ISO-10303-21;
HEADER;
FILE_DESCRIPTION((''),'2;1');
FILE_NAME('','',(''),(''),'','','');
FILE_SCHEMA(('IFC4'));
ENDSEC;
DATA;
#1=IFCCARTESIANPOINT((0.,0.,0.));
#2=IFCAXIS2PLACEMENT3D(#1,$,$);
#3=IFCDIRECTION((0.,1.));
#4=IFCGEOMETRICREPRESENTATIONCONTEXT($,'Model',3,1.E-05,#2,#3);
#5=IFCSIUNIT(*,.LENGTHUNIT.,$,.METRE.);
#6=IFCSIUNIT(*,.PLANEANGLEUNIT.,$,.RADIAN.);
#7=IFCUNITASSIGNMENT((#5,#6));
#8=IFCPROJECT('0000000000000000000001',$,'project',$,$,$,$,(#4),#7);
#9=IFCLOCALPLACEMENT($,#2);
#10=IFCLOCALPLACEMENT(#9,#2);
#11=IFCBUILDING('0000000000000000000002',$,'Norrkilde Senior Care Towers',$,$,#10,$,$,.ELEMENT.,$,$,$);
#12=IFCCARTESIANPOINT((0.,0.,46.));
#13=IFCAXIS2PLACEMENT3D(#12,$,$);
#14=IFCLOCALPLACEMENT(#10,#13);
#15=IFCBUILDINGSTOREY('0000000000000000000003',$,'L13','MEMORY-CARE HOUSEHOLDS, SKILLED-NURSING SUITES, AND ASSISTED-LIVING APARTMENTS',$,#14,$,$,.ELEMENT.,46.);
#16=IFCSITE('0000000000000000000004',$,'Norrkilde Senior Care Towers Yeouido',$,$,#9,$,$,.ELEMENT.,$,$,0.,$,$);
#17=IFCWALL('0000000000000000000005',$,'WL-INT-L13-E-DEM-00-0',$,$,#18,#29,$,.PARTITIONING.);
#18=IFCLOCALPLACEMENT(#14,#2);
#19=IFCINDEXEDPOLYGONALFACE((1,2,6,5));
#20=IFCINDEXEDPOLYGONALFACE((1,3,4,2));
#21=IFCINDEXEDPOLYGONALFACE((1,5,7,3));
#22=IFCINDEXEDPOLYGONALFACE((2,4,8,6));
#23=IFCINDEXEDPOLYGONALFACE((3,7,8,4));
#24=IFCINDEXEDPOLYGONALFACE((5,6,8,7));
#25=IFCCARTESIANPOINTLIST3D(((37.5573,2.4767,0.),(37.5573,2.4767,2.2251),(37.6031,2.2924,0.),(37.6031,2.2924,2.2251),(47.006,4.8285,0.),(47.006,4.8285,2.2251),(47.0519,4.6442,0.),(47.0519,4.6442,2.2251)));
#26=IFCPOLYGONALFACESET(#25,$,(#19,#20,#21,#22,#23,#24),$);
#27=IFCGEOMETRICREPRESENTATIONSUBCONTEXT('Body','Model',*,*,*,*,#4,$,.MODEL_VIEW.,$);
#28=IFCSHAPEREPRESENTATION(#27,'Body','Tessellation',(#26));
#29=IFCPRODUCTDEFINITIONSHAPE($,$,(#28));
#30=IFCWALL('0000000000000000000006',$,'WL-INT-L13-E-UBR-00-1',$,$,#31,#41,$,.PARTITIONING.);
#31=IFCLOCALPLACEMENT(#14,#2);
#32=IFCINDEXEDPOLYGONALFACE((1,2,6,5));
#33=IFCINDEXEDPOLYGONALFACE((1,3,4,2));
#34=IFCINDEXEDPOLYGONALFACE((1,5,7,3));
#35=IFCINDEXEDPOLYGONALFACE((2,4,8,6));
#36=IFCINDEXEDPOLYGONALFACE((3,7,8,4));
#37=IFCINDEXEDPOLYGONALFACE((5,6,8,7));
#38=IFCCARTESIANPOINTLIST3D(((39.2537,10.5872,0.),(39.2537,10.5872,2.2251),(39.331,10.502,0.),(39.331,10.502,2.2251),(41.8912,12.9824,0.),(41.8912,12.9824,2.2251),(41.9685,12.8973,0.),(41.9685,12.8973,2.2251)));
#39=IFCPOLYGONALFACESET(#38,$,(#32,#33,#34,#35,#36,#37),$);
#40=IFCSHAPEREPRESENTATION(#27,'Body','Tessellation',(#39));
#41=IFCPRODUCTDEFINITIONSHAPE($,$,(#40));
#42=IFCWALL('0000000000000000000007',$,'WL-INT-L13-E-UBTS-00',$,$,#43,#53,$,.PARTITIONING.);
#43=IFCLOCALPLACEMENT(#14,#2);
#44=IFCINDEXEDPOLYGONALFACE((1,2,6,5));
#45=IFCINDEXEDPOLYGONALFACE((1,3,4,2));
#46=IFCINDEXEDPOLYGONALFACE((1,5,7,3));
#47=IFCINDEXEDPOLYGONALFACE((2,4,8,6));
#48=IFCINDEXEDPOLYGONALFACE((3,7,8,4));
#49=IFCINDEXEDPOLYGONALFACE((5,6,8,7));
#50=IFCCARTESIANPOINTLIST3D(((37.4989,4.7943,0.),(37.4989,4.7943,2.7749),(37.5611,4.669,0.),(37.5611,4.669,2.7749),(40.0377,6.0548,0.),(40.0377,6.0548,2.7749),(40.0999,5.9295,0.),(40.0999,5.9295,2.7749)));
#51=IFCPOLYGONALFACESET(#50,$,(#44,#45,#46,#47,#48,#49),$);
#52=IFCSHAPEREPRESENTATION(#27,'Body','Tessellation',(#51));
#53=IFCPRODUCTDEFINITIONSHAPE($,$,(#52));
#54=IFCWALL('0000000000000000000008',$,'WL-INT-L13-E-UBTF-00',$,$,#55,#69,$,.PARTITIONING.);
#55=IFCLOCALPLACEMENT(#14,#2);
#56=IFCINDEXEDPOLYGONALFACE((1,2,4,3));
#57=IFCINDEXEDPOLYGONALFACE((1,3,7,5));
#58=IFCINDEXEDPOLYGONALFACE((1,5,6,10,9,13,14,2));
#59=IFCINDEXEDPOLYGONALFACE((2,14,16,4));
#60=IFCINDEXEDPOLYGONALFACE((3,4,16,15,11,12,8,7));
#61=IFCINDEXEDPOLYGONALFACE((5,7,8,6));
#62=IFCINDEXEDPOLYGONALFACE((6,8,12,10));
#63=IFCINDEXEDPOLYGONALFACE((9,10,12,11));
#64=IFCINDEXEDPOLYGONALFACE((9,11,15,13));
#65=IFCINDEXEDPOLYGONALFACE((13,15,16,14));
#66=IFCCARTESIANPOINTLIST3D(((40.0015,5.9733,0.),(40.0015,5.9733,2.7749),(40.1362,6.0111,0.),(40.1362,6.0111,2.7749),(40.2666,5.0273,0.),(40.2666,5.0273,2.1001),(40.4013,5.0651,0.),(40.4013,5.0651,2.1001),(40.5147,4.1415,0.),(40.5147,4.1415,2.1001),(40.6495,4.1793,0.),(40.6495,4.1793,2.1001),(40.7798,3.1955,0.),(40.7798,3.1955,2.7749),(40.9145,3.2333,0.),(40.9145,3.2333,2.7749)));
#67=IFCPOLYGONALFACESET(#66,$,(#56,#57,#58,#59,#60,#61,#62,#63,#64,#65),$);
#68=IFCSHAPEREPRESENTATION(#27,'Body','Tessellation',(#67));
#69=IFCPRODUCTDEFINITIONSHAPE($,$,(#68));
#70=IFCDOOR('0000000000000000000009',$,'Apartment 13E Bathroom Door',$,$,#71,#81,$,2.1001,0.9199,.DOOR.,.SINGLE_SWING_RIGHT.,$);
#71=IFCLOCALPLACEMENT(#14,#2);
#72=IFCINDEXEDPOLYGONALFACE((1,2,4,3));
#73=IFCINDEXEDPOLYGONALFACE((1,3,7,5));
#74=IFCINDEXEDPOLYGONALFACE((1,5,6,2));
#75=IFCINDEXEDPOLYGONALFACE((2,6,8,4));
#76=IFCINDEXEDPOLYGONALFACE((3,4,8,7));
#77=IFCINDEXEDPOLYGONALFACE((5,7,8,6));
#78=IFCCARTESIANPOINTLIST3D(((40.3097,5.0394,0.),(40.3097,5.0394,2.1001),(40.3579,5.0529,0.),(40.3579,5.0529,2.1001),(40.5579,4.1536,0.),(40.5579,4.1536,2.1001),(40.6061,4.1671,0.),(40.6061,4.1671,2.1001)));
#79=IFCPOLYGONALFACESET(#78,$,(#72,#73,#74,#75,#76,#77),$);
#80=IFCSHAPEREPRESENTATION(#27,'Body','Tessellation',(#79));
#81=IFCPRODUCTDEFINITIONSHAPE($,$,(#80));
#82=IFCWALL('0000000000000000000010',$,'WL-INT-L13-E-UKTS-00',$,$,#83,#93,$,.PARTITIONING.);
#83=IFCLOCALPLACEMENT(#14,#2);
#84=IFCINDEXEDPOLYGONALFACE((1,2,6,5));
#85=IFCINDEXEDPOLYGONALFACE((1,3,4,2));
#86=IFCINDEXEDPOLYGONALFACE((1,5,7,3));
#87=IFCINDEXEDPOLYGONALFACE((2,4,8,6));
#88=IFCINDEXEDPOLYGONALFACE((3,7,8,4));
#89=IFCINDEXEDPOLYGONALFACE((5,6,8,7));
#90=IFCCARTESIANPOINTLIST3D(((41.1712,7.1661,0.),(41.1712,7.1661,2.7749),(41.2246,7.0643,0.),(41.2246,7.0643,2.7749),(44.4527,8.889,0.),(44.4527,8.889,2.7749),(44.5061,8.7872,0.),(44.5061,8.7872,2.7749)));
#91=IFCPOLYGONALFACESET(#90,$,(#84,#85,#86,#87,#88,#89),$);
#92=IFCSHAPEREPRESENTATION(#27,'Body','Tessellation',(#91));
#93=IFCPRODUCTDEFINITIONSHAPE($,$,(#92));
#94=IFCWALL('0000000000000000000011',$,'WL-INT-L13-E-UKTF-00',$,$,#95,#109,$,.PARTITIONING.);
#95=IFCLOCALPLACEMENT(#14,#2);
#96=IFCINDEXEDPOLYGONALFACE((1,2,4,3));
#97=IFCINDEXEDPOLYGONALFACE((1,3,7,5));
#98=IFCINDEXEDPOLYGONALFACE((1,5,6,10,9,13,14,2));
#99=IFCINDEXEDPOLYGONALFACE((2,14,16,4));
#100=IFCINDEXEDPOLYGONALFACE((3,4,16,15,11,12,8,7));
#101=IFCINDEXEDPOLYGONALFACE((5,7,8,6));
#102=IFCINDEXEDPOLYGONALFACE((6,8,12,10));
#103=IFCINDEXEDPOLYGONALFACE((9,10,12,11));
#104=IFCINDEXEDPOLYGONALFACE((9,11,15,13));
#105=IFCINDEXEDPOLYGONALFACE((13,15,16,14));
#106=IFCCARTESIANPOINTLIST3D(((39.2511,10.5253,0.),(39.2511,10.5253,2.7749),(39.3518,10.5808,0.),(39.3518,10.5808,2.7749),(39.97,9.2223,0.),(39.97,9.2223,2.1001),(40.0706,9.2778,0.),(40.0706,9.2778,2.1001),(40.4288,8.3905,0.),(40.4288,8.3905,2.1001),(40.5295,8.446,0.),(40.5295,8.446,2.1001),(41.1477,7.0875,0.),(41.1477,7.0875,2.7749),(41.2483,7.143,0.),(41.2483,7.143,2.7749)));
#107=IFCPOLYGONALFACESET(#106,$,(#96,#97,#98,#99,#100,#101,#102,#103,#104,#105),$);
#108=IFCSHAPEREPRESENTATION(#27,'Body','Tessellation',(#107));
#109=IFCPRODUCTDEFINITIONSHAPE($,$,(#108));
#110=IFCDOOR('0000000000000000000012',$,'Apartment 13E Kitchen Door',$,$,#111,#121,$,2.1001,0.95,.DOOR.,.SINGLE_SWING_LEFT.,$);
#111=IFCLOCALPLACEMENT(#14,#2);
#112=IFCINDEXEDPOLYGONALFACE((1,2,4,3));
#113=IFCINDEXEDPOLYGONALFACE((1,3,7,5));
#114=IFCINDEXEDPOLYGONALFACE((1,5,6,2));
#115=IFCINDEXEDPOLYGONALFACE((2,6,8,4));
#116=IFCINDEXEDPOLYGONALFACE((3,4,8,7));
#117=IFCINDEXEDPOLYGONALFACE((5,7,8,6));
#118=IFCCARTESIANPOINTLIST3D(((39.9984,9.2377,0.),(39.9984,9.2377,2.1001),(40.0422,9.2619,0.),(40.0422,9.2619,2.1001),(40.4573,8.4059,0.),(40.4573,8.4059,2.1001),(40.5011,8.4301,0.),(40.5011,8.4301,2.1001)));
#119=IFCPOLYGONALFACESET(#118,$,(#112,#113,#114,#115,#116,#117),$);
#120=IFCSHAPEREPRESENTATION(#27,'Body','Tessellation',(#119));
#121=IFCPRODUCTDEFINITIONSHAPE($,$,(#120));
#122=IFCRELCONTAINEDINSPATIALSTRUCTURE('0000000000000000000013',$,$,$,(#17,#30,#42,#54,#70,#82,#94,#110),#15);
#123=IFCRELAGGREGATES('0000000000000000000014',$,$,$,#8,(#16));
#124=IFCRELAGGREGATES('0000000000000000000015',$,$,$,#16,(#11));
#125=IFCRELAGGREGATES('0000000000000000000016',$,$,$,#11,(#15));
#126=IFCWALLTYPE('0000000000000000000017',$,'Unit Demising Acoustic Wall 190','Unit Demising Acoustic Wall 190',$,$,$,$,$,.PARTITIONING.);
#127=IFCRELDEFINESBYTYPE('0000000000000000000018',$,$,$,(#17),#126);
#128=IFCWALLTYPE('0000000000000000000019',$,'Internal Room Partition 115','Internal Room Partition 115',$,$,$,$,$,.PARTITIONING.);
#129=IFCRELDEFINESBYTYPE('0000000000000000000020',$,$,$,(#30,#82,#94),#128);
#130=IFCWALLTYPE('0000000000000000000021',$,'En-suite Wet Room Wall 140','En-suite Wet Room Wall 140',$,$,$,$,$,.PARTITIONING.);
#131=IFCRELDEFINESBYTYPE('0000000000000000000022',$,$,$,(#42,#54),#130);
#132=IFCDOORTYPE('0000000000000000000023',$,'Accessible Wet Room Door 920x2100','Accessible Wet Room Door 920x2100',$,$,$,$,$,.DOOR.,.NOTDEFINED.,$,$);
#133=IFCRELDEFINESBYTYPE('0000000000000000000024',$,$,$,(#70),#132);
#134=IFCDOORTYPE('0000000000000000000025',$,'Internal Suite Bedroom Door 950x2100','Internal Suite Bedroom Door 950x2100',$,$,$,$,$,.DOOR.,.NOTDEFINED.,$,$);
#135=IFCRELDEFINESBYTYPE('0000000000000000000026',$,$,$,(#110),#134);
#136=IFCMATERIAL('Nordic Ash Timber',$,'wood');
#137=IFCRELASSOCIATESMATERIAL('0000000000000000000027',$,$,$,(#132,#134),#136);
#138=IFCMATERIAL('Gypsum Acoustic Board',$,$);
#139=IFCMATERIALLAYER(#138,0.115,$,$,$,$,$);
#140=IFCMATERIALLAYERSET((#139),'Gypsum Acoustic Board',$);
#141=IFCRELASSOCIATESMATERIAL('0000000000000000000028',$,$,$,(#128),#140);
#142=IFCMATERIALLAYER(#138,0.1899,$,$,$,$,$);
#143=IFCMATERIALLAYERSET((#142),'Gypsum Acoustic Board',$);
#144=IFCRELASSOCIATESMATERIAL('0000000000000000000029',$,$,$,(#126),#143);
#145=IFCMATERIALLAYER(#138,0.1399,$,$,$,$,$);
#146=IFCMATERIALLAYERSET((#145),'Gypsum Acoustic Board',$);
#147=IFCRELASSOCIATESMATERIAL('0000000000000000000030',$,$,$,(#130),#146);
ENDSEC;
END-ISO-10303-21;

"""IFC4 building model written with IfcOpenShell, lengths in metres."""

from ifc_helpers import new_model, si_unit, direction, frame, frame_2d, origin, place, context, subcontext, project, spatial, rectangle, extrude, source, transform, mapped, material, layer, layer_set, type_object, type_shapes, element, fill, save


model = new_model("IFC4")

# Units and contexts
model_context = context("Model", 3, precision=1e-05, world=origin(), true_north=direction((0.0, 1.0)))
body_context = subcontext(model_context, "Body", "Model", "MODEL_VIEW")
ifc_project = project(units=[si_unit("LENGTHUNIT", "METRE"), si_unit("PLANEANGLEUNIT", "RADIAN")], contexts=[model_context])

# Site, building, storey
site_placement = place(None, origin())
site = spatial("IfcSite", under=ifc_project, at=site_placement, Name="Norrkilde Senior Care Towers Yeouido", CompositionType="ELEMENT", RefElevation=0.0)
building_placement = place(site_placement, origin())
building = spatial("IfcBuilding", under=site, at=building_placement, Name="Norrkilde Senior Care Towers", CompositionType="ELEMENT")
storey_placement = place(building_placement, frame((0.0, 0.0, 46.0)))
storey = spatial("IfcBuildingStorey", under=building, at=storey_placement, Name="L13", Description="MEMORY-CARE HOUSEHOLDS, SKILLED-NURSING SUITES, AND ASSISTED-LIVING APARTMENTS", CompositionType="ELEMENT", Elevation=46.0)

# Shared definitions
ifc_material_1 = material(Name="Gypsum Acoustic Board")
ifc_material_2 = material(Name="Nordic Ash Timber", Category="wood")
door_type_1 = type_object("IfcDoorType", Name="Accessible Wet Room Door 920x2100", Description="Accessible Wet Room Door 920x2100", OperationType="NOTDEFINED", PredefinedType="DOOR", material=ifc_material_2)
shared_shape_1 = source(origin(), body_context, "Body", "SweptSolid", [
    extrude(rectangle(XDim=0.9199, YDim=2.1001, at=frame_2d((0.46, 1.05))), frame((0.0, 0.0249, 0.0), z_axis=(0.0, -1.0, 0.0), x_axis=(1.0, 0.0, 0.0)), (0.0, 0.0, 1.0), 0.05),
])
type_shapes(door_type_1, [shared_shape_1])

# Shared definitions
ifc_layer_1 = layer(ifc_material_1, 0.115)
ifc_layer_set_1 = layer_set([ifc_layer_1], Name="Gypsum Acoustic Board")
wall_type_1 = type_object("IfcWallType", Name="Internal Room Partition 115", Description="Internal Room Partition 115", PredefinedType="PARTITIONING", material=ifc_layer_set_1)
door_type_2 = type_object("IfcDoorType", Name="Internal Suite Bedroom Door 950x2100", Description="Internal Suite Bedroom Door 950x2100", OperationType="NOTDEFINED", PredefinedType="DOOR", material=ifc_material_2)
shared_shape_2 = source(origin(), body_context, "Body", "SweptSolid", [
    extrude(rectangle(XDim=0.95, YDim=2.1001, at=frame_2d((0.4751, 1.05))), frame((0.0, 0.0249, 0.0), z_axis=(0.0, -1.0, 0.0), x_axis=(1.0, 0.0, 0.0)), (0.0, 0.0, 1.0), 0.05),
])
type_shapes(door_type_2, [shared_shape_2])

# Walls
ifc_layer_2 = layer(ifc_material_1, 0.1899)
ifc_layer_set_2 = layer_set([ifc_layer_2], Name="Gypsum Acoustic Board")
wall_type_2 = type_object("IfcWallType", Name="Unit Demising Acoustic Wall 190", Description="Unit Demising Acoustic Wall 190", PredefinedType="PARTITIONING", material=ifc_layer_set_2)
shared_shape_3 = source(origin(), body_context, "Body", "SweptSolid", [
    extrude(rectangle(XDim=9.7371, YDim=0.1899, at=frame_2d((4.8687, 0.0))), origin(), (0.0, 0.0, 1.0), 2.2251),
])
type_shapes(wall_type_2, [shared_shape_3])
wall_1_placement = place(storey_placement, frame((37.5801, 2.3845, 0.0), z_axis=(0.0, 0.0, 1.0), x_axis=(0.970393, 0.241533, 0.0)))
element("IfcWall", 1, at=wall_1_placement, inside=storey, type_object=wall_type_2, Name="WL-INT-L13-E-DEM-00-0", PredefinedType="PARTITIONING", context=body_context, shape_type="MappedRepresentation", body=[
    mapped(shared_shape_3, transform((0.0, 0.0, 0.0), x_axis=(1.0, 0.0, 0.0), y_axis=(0.0, 1.0, 0.0), z_axis=(0.0, 0.0, 1.0), scale=1.0)),
])
shared_shape_4 = source(origin(), body_context, "Body", "SweptSolid", [
    extrude(rectangle(XDim=3.5627, YDim=0.115, at=frame_2d((1.7812, 0.0))), origin(), (0.0, 0.0, 1.0), 2.2251),
])
wall_2_placement = place(storey_placement, frame((39.2925, 10.5447, 0.0), z_axis=(0.0, 0.0, 1.0), x_axis=(0.740278, 0.672301, 0.0)))
element("IfcWall", 2, at=wall_2_placement, inside=storey, type_object=wall_type_1, Name="WL-INT-L13-E-UBR-00-1", PredefinedType="PARTITIONING", context=body_context, shape_type="MappedRepresentation", body=[
    mapped(shared_shape_4, transform((0.0, 0.0, 0.0), x_axis=(1.0, 0.0, 0.0), y_axis=(0.0, 1.0, 0.0), z_axis=(0.0, 0.0, 1.0), scale=1.0)),
])
ifc_layer_3 = layer(ifc_material_1, 0.1399)
ifc_layer_set_3 = layer_set([ifc_layer_3], Name="Gypsum Acoustic Board")
wall_type_3 = type_object("IfcWallType", Name="En-suite Wet Room Wall 140", Description="En-suite Wet Room Wall 140", PredefinedType="PARTITIONING", material=ifc_layer_set_3)
shared_shape_5 = source(origin(), body_context, "Body", "SweptSolid", [
    extrude(rectangle(XDim=2.8345, YDim=0.1399, at=frame_2d((1.4172, 0.0))), origin(), (0.0, 0.0, 1.0), 2.7749),
])
wall_3_placement = place(storey_placement, frame((37.53, 4.7317, 0.0), z_axis=(0.0, 0.0, 1.0), x_axis=(0.895681, 0.444697, 0.0)))
element("IfcWall", 3, at=wall_3_placement, inside=storey, type_object=wall_type_3, Name="WL-INT-L13-E-UBTS-00", PredefinedType="PARTITIONING", context=body_context, shape_type="MappedRepresentation", body=[
    mapped(shared_shape_5, transform((0.0, 0.0, 0.0), x_axis=(1.0, 0.0, 0.0), y_axis=(0.0, 1.0, 0.0), z_axis=(0.0, 0.0, 1.0), scale=1.0)),
])

# Wall, opening, door
shared_shape_6 = source(origin(), body_context, "Body", "SweptSolid", [
    extrude(rectangle(XDim=2.8848, YDim=0.1399, at=frame_2d((1.4424, 0.0))), origin(), (0.0, 0.0, 1.0), 2.7749),
])
type_shapes(wall_type_3, [shared_shape_5, shared_shape_6])
wall_4_placement = place(storey_placement, frame((40.0688, 5.9922, 0.0), z_axis=(0.0, 0.0, 1.0), x_axis=(0.269799, -0.962917, 0.0)))
wall_4 = element("IfcWall", 4, at=wall_4_placement, inside=storey, type_object=wall_type_3, Name="WL-INT-L13-E-UBTF-00", PredefinedType="PARTITIONING", context=body_context, shape_type="MappedRepresentation", body=[
    mapped(shared_shape_6, transform((0.0, 0.0, 0.0), x_axis=(1.0, 0.0, 0.0), y_axis=(0.0, 1.0, 0.0), z_axis=(0.0, 0.0, 1.0), scale=1.0)),
])
opening_1_placement = place(wall_4_placement, frame((0.9824, 0.0, 0.0)))
opening_1 = element("IfcOpeningElement", 5, at=opening_1_placement, cuts=wall_4, PredefinedType="OPENING", context=body_context, shape_type="SweptSolid", body=[
    extrude(rectangle(XDim=0.9199, YDim=2.1001, at=frame_2d((0.46, 1.05))), frame((0.0, 0.0798, 0.0), z_axis=(0.0, -1.0, 0.0), x_axis=(1.0, 0.0, 0.0)), (0.0, 0.0, 1.0), 0.1599),
])
door_1_placement = place(opening_1_placement, origin())
door_1 = element("IfcDoor", 6, at=door_1_placement, inside=storey, type_object=door_type_1, Name="Apartment 13E Bathroom Door", OperationType="SINGLE_SWING_RIGHT", OverallHeight=2.1001, OverallWidth=0.9199, PredefinedType="DOOR", context=body_context, shape_type="MappedRepresentation", body=[
    mapped(shared_shape_1, transform((0.0, 0.0, 0.0), x_axis=(1.0, 0.0, 0.0), y_axis=(0.0, 1.0, 0.0), z_axis=(0.0, 0.0, 1.0), scale=1.0)),
])
fill(opening_1, door_1)

# Wall
shared_shape_7 = source(origin(), body_context, "Body", "SweptSolid", [
    extrude(rectangle(XDim=3.7063, YDim=0.115, at=frame_2d((1.853, 0.0))), origin(), (0.0, 0.0, 1.0), 2.7749),
])
wall_5_placement = place(storey_placement, frame((41.198, 7.1152, 0.0), z_axis=(0.0, 0.0, 1.0), x_axis=(0.885385, 0.464858, 0.0)))
element("IfcWall", 7, at=wall_5_placement, inside=storey, type_object=wall_type_1, Name="WL-INT-L13-E-UKTS-00", PredefinedType="PARTITIONING", context=body_context, shape_type="MappedRepresentation", body=[
    mapped(shared_shape_7, transform((0.0, 0.0, 0.0), x_axis=(1.0, 0.0, 0.0), y_axis=(0.0, 1.0, 0.0), z_axis=(0.0, 0.0, 1.0), scale=1.0)),
])

# Wall, opening, door
shared_shape_8 = source(origin(), body_context, "Body", "SweptSolid", [
    extrude(rectangle(XDim=3.9263, YDim=0.115, at=frame_2d((1.9631, 0.0))), origin(), (0.0, 0.0, 1.0), 2.7749),
])
wall_6_placement = place(storey_placement, frame((41.198, 7.1152, 0.0), z_axis=(0.0, 0.0, 1.0), x_axis=(-0.483038, 0.875599, 0.0)))
wall_6 = element("IfcWall", 8, at=wall_6_placement, inside=storey, type_object=wall_type_1, Name="WL-INT-L13-E-UKTF-00", PredefinedType="PARTITIONING", context=body_context, shape_type="MappedRepresentation", body=[
    mapped(shared_shape_8, transform((0.0, 0.0, 0.0), x_axis=(1.0, 0.0, 0.0), y_axis=(0.0, 1.0, 0.0), z_axis=(0.0, 0.0, 1.0), scale=1.0)),
])
opening_2_placement = place(wall_6_placement, frame((1.488, 0.0, 0.0)))
opening_2 = element("IfcOpeningElement", 9, at=opening_2_placement, cuts=wall_6, PredefinedType="OPENING", context=body_context, shape_type="SweptSolid", body=[
    extrude(rectangle(XDim=0.95, YDim=2.1001, at=frame_2d((0.4751, 1.05))), frame((0.0, 0.0674, 0.0), z_axis=(0.0, -1.0, 0.0), x_axis=(1.0, 0.0, 0.0)), (0.0, 0.0, 1.0), 0.135),
])
door_2_placement = place(opening_2_placement, frame((0.95, 0.0, 0.0), z_axis=(0.0, 0.0, 1.0), x_axis=(-1.0, 0.0, 0.0)))
door_2 = element("IfcDoor", 10, at=door_2_placement, inside=storey, type_object=door_type_2, Name="Apartment 13E Kitchen Door", OperationType="SINGLE_SWING_LEFT", OverallHeight=2.1001, OverallWidth=0.95, PredefinedType="DOOR", context=body_context, shape_type="MappedRepresentation", body=[
    mapped(shared_shape_2, transform((0.0, 0.0, 0.0), x_axis=(1.0, 0.0, 0.0), y_axis=(0.0, 1.0, 0.0), z_axis=(0.0, 0.0, 1.0), scale=1.0)),
])
fill(opening_2, door_2)

save(model, "model.ifc")
